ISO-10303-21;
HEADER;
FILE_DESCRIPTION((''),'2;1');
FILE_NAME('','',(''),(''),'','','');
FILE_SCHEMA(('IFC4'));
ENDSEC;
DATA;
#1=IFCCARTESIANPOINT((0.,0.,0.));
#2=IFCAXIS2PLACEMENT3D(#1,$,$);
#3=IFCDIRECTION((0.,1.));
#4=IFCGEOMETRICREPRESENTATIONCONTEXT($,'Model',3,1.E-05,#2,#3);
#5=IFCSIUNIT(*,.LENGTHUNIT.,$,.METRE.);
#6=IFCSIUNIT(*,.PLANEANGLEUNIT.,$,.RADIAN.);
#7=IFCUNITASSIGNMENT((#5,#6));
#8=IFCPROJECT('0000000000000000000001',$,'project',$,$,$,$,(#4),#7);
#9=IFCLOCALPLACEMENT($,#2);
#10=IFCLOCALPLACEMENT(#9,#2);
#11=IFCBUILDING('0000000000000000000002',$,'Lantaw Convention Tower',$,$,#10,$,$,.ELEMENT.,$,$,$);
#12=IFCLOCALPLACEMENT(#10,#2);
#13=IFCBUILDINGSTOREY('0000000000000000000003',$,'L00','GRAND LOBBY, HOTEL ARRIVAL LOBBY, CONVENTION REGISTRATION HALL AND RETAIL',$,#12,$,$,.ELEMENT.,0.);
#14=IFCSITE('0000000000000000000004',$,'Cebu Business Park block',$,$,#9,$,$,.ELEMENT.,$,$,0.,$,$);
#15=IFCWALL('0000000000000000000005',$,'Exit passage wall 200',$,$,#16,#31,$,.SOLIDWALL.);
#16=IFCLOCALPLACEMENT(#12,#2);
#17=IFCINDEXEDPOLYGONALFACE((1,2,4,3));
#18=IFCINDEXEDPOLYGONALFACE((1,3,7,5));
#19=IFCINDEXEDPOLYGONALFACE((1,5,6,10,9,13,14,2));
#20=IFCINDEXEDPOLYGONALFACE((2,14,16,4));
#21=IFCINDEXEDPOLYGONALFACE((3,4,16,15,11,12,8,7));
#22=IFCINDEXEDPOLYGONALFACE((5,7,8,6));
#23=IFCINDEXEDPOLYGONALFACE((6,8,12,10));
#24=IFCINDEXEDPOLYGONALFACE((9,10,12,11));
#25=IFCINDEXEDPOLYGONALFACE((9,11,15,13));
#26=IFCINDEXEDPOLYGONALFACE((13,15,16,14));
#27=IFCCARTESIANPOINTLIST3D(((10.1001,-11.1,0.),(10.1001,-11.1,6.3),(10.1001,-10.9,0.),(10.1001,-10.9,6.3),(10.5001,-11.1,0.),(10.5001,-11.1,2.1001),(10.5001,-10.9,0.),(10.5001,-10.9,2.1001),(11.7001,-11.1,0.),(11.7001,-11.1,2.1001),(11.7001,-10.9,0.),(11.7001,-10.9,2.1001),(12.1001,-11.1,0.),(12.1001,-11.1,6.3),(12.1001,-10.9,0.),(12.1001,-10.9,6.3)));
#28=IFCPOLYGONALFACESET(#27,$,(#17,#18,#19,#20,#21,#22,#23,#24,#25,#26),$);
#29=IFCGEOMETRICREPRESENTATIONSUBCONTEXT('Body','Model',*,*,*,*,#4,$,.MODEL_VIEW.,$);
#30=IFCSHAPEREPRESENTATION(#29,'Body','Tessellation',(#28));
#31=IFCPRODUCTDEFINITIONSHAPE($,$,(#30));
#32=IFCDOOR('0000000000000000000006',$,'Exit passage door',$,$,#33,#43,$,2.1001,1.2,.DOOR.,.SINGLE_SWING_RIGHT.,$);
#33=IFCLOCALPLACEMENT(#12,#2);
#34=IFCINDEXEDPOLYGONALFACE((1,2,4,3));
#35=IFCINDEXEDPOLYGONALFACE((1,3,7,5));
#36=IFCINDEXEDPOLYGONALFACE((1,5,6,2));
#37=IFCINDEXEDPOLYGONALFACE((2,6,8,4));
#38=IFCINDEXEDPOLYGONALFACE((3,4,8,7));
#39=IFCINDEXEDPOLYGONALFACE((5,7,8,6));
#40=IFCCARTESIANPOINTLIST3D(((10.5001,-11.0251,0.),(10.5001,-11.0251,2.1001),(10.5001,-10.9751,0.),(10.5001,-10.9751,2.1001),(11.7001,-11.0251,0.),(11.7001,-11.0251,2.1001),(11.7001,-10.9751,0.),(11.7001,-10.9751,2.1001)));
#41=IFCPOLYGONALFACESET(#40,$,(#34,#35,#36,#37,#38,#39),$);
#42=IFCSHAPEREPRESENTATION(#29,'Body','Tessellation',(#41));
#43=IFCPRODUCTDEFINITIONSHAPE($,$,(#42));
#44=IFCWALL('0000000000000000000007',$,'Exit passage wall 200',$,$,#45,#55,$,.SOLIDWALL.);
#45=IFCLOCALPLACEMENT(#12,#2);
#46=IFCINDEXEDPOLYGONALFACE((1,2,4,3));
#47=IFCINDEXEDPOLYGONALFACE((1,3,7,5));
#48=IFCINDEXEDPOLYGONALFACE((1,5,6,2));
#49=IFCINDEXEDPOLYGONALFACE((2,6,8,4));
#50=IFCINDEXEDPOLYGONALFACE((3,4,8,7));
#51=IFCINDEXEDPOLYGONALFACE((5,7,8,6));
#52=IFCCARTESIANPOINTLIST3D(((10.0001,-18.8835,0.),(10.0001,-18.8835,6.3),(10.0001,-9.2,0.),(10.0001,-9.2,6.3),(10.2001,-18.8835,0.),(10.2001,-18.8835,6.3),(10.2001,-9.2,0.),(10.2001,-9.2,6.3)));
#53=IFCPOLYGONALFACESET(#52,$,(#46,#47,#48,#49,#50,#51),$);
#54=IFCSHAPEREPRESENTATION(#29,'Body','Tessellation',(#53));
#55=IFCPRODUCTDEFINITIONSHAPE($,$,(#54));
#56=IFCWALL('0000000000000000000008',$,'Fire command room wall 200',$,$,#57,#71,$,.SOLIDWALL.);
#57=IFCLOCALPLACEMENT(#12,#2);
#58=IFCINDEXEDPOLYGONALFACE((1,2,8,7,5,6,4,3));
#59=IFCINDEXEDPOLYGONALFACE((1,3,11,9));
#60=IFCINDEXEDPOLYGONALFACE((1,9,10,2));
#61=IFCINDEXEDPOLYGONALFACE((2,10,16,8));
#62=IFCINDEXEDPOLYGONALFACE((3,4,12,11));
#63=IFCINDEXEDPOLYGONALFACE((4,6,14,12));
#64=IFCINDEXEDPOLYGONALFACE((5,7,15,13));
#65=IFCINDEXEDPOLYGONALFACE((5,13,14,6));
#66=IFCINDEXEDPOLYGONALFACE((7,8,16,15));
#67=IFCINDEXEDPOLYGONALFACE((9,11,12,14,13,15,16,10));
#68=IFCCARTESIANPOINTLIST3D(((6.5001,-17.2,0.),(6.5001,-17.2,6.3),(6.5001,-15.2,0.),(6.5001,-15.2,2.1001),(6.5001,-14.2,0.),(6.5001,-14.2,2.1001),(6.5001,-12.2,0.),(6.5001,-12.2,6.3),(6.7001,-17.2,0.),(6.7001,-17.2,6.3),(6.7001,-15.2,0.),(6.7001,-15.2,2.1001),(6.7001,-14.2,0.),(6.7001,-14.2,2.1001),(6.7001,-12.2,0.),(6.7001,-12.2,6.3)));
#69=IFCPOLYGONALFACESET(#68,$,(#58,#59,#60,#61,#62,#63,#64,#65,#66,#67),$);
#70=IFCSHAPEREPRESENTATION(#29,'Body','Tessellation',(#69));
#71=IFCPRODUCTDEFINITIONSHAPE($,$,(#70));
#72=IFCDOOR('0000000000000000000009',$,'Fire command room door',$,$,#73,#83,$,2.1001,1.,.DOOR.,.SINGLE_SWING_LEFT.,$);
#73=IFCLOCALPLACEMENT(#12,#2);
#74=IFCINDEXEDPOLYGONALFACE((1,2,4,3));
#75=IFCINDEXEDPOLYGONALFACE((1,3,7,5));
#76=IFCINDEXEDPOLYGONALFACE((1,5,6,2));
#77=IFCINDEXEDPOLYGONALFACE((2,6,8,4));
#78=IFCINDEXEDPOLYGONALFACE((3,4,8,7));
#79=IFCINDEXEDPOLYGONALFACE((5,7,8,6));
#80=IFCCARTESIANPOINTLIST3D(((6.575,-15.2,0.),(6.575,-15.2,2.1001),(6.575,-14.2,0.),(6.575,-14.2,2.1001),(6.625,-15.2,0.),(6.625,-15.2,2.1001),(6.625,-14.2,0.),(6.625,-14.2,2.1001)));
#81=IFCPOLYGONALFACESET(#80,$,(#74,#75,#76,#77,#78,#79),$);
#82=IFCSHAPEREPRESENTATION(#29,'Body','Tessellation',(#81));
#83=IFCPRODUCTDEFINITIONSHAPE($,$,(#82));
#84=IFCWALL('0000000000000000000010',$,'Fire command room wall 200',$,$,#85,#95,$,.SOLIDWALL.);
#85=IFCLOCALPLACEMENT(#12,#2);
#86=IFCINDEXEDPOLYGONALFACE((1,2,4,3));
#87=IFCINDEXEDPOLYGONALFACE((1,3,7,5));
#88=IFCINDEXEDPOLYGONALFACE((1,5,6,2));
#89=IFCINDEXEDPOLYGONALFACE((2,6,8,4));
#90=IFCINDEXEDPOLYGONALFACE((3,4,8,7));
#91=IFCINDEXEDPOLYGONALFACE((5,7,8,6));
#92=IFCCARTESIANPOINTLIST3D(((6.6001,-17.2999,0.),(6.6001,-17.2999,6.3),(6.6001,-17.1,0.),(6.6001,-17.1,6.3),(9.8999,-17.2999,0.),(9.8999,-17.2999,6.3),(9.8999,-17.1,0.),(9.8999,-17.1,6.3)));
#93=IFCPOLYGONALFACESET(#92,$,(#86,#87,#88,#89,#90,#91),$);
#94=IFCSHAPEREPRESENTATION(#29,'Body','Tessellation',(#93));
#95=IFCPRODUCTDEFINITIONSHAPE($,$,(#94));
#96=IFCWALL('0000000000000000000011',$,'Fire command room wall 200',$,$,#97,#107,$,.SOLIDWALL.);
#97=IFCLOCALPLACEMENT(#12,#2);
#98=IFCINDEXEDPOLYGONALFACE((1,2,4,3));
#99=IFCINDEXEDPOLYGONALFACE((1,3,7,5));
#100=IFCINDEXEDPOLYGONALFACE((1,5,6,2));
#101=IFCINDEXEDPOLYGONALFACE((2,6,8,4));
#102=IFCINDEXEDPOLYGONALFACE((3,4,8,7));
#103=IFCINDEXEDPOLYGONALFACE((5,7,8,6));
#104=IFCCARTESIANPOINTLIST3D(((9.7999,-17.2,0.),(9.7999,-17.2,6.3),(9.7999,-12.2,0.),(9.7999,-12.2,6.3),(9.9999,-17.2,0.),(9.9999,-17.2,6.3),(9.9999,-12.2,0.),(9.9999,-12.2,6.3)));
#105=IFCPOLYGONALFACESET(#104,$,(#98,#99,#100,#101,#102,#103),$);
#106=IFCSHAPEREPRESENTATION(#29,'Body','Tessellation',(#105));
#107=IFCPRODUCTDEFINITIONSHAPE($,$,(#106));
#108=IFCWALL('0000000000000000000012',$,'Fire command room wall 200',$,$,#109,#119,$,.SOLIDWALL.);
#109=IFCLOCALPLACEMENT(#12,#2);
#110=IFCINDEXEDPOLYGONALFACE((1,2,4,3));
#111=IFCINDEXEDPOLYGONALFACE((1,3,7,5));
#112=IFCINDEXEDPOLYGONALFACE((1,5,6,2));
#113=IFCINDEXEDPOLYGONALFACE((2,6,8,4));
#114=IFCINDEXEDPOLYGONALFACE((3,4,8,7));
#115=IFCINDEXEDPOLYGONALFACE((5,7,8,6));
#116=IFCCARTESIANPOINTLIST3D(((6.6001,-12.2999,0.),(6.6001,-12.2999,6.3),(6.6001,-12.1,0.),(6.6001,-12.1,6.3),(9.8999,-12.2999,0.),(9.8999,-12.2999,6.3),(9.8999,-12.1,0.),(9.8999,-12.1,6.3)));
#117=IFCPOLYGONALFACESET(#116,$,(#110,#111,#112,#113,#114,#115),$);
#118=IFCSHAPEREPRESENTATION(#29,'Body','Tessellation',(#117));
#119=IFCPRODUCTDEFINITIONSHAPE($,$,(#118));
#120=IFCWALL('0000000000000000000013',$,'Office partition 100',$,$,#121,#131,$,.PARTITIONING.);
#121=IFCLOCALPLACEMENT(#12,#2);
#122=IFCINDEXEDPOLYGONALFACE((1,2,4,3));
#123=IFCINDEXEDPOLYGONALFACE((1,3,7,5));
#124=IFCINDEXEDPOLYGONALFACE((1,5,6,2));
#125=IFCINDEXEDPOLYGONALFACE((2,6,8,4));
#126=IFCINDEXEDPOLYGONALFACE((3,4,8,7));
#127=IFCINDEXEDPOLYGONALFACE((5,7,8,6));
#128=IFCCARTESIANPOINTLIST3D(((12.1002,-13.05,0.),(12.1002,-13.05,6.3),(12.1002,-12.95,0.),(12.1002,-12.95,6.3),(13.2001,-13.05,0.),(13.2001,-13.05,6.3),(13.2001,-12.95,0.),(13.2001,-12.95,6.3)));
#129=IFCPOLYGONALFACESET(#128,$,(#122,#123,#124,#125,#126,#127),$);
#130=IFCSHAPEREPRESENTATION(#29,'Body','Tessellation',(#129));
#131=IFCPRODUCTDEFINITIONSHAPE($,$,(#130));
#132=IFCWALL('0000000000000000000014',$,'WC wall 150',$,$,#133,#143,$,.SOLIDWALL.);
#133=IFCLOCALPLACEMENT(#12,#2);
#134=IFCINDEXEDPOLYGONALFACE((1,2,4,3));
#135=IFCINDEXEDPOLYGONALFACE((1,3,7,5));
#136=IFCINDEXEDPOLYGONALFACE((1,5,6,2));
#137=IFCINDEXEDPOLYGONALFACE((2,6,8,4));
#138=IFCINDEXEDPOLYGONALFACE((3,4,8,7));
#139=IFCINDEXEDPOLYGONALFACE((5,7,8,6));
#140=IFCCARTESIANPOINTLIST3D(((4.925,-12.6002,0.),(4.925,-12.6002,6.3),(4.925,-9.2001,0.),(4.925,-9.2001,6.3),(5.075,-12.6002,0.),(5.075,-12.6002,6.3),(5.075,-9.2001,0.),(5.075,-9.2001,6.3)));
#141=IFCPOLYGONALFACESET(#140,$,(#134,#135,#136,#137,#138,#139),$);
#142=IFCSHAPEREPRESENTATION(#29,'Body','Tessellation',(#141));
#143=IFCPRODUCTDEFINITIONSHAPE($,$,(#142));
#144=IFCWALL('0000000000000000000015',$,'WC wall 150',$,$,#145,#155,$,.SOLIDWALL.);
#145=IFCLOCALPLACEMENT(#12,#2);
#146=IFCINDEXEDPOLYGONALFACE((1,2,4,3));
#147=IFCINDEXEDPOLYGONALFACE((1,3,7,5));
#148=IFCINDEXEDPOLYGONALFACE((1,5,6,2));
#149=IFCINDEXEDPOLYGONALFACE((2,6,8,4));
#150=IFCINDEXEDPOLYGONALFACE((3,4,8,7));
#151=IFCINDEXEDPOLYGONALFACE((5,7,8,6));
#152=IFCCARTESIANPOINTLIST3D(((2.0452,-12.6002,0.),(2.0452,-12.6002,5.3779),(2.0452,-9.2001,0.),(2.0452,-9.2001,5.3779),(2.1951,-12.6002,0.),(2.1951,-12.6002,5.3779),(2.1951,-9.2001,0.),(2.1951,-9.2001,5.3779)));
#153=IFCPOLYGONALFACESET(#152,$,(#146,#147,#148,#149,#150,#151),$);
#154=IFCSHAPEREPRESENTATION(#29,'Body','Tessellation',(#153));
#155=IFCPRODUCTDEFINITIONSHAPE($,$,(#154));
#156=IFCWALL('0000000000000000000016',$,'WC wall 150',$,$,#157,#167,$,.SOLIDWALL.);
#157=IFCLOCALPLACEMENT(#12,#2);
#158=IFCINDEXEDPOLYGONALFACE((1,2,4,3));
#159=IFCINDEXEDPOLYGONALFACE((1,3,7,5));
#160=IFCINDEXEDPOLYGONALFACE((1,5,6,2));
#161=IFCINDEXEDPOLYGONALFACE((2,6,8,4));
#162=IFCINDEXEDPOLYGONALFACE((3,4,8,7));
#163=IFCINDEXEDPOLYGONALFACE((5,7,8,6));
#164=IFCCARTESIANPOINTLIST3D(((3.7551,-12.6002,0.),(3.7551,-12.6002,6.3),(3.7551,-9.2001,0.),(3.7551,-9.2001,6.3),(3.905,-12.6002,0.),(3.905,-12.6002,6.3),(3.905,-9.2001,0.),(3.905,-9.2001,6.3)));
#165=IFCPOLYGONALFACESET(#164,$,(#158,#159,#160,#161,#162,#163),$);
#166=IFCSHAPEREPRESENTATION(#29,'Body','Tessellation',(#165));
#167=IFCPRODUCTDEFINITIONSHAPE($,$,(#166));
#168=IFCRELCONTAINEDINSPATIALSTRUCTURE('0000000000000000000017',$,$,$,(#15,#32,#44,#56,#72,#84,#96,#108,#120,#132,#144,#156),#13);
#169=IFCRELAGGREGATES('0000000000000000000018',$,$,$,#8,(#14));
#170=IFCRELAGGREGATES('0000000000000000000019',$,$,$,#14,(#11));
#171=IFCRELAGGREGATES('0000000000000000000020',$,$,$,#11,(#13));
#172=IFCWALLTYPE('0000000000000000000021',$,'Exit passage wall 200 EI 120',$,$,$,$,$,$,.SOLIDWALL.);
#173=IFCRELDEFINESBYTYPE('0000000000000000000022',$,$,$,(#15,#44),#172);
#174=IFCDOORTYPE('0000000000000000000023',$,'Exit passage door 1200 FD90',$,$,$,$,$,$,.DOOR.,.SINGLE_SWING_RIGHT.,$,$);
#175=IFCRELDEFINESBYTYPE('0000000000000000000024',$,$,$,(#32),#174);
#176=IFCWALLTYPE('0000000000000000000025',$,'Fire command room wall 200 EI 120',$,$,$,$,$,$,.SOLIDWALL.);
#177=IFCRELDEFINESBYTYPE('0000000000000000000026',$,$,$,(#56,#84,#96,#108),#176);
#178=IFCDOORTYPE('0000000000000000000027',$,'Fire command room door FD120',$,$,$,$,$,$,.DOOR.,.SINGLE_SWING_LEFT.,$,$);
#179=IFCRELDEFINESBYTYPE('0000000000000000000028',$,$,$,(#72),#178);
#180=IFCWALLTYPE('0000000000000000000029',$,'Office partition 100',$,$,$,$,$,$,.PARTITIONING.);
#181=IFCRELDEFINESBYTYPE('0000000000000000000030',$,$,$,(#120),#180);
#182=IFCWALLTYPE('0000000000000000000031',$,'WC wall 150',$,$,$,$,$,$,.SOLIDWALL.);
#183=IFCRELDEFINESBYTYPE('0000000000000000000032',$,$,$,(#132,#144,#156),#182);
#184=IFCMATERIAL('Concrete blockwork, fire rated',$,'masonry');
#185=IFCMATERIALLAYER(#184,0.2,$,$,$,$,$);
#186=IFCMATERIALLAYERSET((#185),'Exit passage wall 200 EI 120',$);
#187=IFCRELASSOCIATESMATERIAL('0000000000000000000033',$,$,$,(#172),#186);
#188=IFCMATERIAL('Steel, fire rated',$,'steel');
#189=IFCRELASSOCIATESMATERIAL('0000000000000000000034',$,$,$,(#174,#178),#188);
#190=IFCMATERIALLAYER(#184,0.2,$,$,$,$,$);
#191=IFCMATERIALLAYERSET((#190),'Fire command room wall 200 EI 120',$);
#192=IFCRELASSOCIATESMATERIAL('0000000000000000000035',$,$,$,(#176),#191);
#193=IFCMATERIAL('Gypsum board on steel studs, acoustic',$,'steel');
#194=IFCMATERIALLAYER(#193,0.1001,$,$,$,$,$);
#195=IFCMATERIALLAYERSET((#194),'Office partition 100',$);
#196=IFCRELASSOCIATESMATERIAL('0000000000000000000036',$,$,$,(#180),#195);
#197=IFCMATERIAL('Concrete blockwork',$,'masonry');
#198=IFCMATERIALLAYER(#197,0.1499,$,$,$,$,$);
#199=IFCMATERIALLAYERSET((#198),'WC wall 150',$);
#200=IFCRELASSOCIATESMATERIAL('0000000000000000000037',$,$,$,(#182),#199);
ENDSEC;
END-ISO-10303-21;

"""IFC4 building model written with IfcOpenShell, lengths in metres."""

from ifc_helpers import new_model, si_unit, direction, frame, frame_2d, origin, place, context, subcontext, project, spatial, rectangle, extrude, material, layer, layer_set, type_object, element, fill, save


model = new_model("IFC4")

# Units and contexts
model_context = context("Model", 3, precision=1e-05, world=origin(), true_north=direction((0.0, 1.0)))
body_context = subcontext(model_context, "Body", "Model", "MODEL_VIEW")
ifc_project = project(units=[si_unit("LENGTHUNIT", "METRE"), si_unit("PLANEANGLEUNIT", "RADIAN")], contexts=[model_context])

# Site, building, storey
site_placement = place(None, origin())
site = spatial("IfcSite", under=ifc_project, at=site_placement, Name="Cebu Business Park block", CompositionType="ELEMENT", RefElevation=0.0)
building_placement = place(site_placement, origin())
building = spatial("IfcBuilding", under=site, at=building_placement, Name="Lantaw Convention Tower", CompositionType="ELEMENT")
storey_placement = place(building_placement, origin())
storey = spatial("IfcBuildingStorey", under=building, at=storey_placement, Name="L00", Description="GRAND LOBBY, HOTEL ARRIVAL LOBBY, CONVENTION REGISTRATION HALL AND RETAIL", CompositionType="ELEMENT", Elevation=0.0)

# Wall, opening, door
ifc_material_1 = material(Name="Steel, fire rated", Category="steel")
ifc_material_2 = material(Name="Concrete blockwork, fire rated", Category="masonry")
ifc_layer_1 = layer(ifc_material_2, 0.2)
ifc_layer_set_1 = layer_set([ifc_layer_1], Name="Exit passage wall 200 EI 120")
wall_type_1 = type_object("IfcWallType", Name="Exit passage wall 200 EI 120", PredefinedType="SOLIDWALL", material=ifc_layer_set_1)
wall_1_placement = place(storey_placement, frame((10.1001, -11.0, 0.0), z_axis=(0.0, 0.0, 1.0), x_axis=(1.0, 0.0, 0.0)))
wall_1 = element("IfcWall", 1, at=wall_1_placement, inside=storey, type_object=wall_type_1, Name="Exit passage wall 200", PredefinedType="SOLIDWALL", context=body_context, shape_type="SweptSolid", body=[
    extrude(rectangle(XDim=2.0, YDim=0.2, at=frame_2d((1.0, 0.0))), origin(), (0.0, 0.0, 1.0), 6.3),
])
opening_1_placement = place(wall_1_placement, frame((0.3999, 0.0, 0.0)))
opening_1 = element("IfcOpeningElement", 2, at=opening_1_placement, cuts=wall_1, PredefinedType="OPENING", context=body_context, shape_type="SweptSolid", body=[
    extrude(rectangle(XDim=1.2, YDim=2.1001, at=frame_2d((0.6001, 1.05))), frame((0.0, 0.1099, 0.0), z_axis=(0.0, -1.0, 0.0), x_axis=(1.0, 0.0, 0.0)), (0.0, 0.0, 1.0), 0.22),
])
door_type_1 = type_object("IfcDoorType", Name="Exit passage door 1200 FD90", OperationType="SINGLE_SWING_RIGHT", PredefinedType="DOOR", material=ifc_material_1)
door_1_placement = place(opening_1_placement, origin())
door_1 = element("IfcDoor", 3, at=door_1_placement, inside=storey, type_object=door_type_1, Name="Exit passage door", OperationType="SINGLE_SWING_RIGHT", OverallHeight=2.1001, OverallWidth=1.2, PredefinedType="DOOR", context=body_context, shape_type="SweptSolid", body=[
    extrude(rectangle(XDim=1.2, YDim=2.1001, at=frame_2d((0.6001, 1.05))), frame((0.0, 0.0249, 0.0), z_axis=(0.0, -1.0, 0.0), x_axis=(1.0, 0.0, 0.0)), (0.0, 0.0, 1.0), 0.05),
])
fill(opening_1, door_1)

# Wall
wall_2_placement = place(storey_placement, frame((10.1001, -9.2, 0.0), z_axis=(0.0, 0.0, 1.0), x_axis=(0.0, -1.0, 0.0)))
element("IfcWall", 4, at=wall_2_placement, inside=storey, type_object=wall_type_1, Name="Exit passage wall 200", PredefinedType="SOLIDWALL", context=body_context, shape_type="SweptSolid", body=[
    extrude(rectangle(XDim=9.6836, YDim=0.2, at=frame_2d((4.8418, 0.0))), origin(), (0.0, 0.0, 1.0), 6.3),
])

# Wall, opening, door
ifc_layer_2 = layer(ifc_material_2, 0.2)
ifc_layer_set_2 = layer_set([ifc_layer_2], Name="Fire command room wall 200 EI 120")
wall_type_2 = type_object("IfcWallType", Name="Fire command room wall 200 EI 120", PredefinedType="SOLIDWALL", material=ifc_layer_set_2)
wall_3_placement = place(storey_placement, frame((6.6001, -12.2, 0.0), z_axis=(0.0, 0.0, 1.0), x_axis=(0.0, -1.0, 0.0)))
wall_3 = element("IfcWall", 5, at=wall_3_placement, inside=storey, type_object=wall_type_2, Name="Fire command room wall 200", PredefinedType="SOLIDWALL", context=body_context, shape_type="SweptSolid", body=[
    extrude(rectangle(XDim=5.0, YDim=0.2, at=frame_2d((2.5, 0.0))), origin(), (0.0, 0.0, 1.0), 6.3),
])
opening_2_placement = place(wall_3_placement, frame((2.0, 0.0, 0.0)))
opening_2 = element("IfcOpeningElement", 6, at=opening_2_placement, cuts=wall_3, PredefinedType="OPENING", context=body_context, shape_type="SweptSolid", body=[
    extrude(rectangle(XDim=1.0, YDim=2.1001, at=frame_2d((0.5, 1.05))), frame((0.0, 0.1099, 0.0), z_axis=(0.0, -1.0, 0.0), x_axis=(1.0, 0.0, 0.0)), (0.0, 0.0, 1.0), 0.22),
])
door_type_2 = type_object("IfcDoorType", Name="Fire command room door FD120", OperationType="SINGLE_SWING_LEFT", PredefinedType="DOOR", material=ifc_material_1)
door_2_placement = place(opening_2_placement, origin())
door_2 = element("IfcDoor", 7, at=door_2_placement, inside=storey, type_object=door_type_2, Name="Fire command room door", OperationType="SINGLE_SWING_LEFT", OverallHeight=2.1001, OverallWidth=1.0, PredefinedType="DOOR", context=body_context, shape_type="SweptSolid", body=[
    extrude(rectangle(XDim=1.0, YDim=2.1001, at=frame_2d((0.5, 1.05))), frame((0.0, 0.0249, 0.0), z_axis=(0.0, -1.0, 0.0), x_axis=(1.0, 0.0, 0.0)), (0.0, 0.0, 1.0), 0.05),
])
fill(opening_2, door_2)

# Walls
wall_4_placement = place(storey_placement, frame((6.6001, -17.2, 0.0), z_axis=(0.0, 0.0, 1.0), x_axis=(1.0, 0.0, 0.0)))
element("IfcWall", 8, at=wall_4_placement, inside=storey, type_object=wall_type_2, Name="Fire command room wall 200", PredefinedType="SOLIDWALL", context=body_context, shape_type="SweptSolid", body=[
    extrude(rectangle(XDim=3.2998, YDim=0.2, at=frame_2d((1.6499, 0.0))), origin(), (0.0, 0.0, 1.0), 6.3),
])
wall_5_placement = place(storey_placement, frame((9.8999, -17.2, 0.0), z_axis=(0.0, 0.0, 1.0), x_axis=(0.0, 1.0, 0.0)))
element("IfcWall", 9, at=wall_5_placement, inside=storey, type_object=wall_type_2, Name="Fire command room wall 200", PredefinedType="SOLIDWALL", context=body_context, shape_type="SweptSolid", body=[
    extrude(rectangle(XDim=5.0, YDim=0.2, at=frame_2d((2.5, 0.0))), origin(), (0.0, 0.0, 1.0), 6.3),
])
wall_6_placement = place(storey_placement, frame((9.8999, -12.2, 0.0), z_axis=(0.0, 0.0, 1.0), x_axis=(-1.0, 0.0, 0.0)))
element("IfcWall", 10, at=wall_6_placement, inside=storey, type_object=wall_type_2, Name="Fire command room wall 200", PredefinedType="SOLIDWALL", context=body_context, shape_type="SweptSolid", body=[
    extrude(rectangle(XDim=3.2998, YDim=0.2, at=frame_2d((1.6499, 0.0))), origin(), (0.0, 0.0, 1.0), 6.3),
])
ifc_material_3 = material(Name="Gypsum board on steel studs, acoustic", Category="steel")
ifc_layer_3 = layer(ifc_material_3, 0.1001)
ifc_layer_set_3 = layer_set([ifc_layer_3], Name="Office partition 100")
wall_type_3 = type_object("IfcWallType", Name="Office partition 100", PredefinedType="PARTITIONING", material=ifc_layer_set_3)
wall_7_placement = place(storey_placement, frame((13.2, -13.0, 0.0), z_axis=(0.0, 0.0, 1.0), x_axis=(-1.0, 0.0, 0.0)))
element("IfcWall", 11, at=wall_7_placement, inside=storey, type_object=wall_type_3, Name="Office partition 100", PredefinedType="PARTITIONING", context=body_context, shape_type="SweptSolid", body=[
    extrude(rectangle(XDim=1.0999, YDim=0.1001, at=frame_2d((0.5498, 0.0))), origin(), (0.0, 0.0, 1.0), 6.3),
])
ifc_material_4 = material(Name="Concrete blockwork", Category="masonry")
ifc_layer_4 = layer(ifc_material_4, 0.1499)
ifc_layer_set_4 = layer_set([ifc_layer_4], Name="WC wall 150")
wall_type_4 = type_object("IfcWallType", Name="WC wall 150", PredefinedType="SOLIDWALL", material=ifc_layer_set_4)
wall_8_placement = place(storey_placement, frame((5.0, -9.2, 0.0), z_axis=(0.0, 0.0, 1.0), x_axis=(0.0, -1.0, 0.0)))
element("IfcWall", 12, at=wall_8_placement, inside=storey, type_object=wall_type_4, Name="WC wall 150", PredefinedType="SOLIDWALL", context=body_context, shape_type="SweptSolid", body=[
    extrude(rectangle(XDim=3.4001, YDim=0.1499, at=frame_2d((1.7002, 0.0))), origin(), (0.0, 0.0, 1.0), 6.3),
])
wall_9_placement = place(storey_placement, frame((2.1201, -9.2, 0.0), z_axis=(0.0, 0.0, 1.0), x_axis=(0.0, -1.0, 0.0)))
element("IfcWall", 13, at=wall_9_placement, inside=storey, type_object=wall_type_4, Name="WC wall 150", PredefinedType="SOLIDWALL", context=body_context, shape_type="SweptSolid", body=[
    extrude(rectangle(XDim=3.4001, YDim=0.1499, at=frame_2d((1.7002, 0.0))), origin(), (0.0, 0.0, 1.0), 5.3779),
])
wall_10_placement = place(storey_placement, frame((3.8301, -9.2, 0.0), z_axis=(0.0, 0.0, 1.0), x_axis=(0.0, -1.0, 0.0)))
element("IfcWall", 14, at=wall_10_placement, inside=storey, type_object=wall_type_4, Name="WC wall 150", PredefinedType="SOLIDWALL", context=body_context, shape_type="SweptSolid", body=[
    extrude(rectangle(XDim=3.4001, YDim=0.1499, at=frame_2d((1.7002, 0.0))), origin(), (0.0, 0.0, 1.0), 6.3),
])

save(model, "model.ifc")
